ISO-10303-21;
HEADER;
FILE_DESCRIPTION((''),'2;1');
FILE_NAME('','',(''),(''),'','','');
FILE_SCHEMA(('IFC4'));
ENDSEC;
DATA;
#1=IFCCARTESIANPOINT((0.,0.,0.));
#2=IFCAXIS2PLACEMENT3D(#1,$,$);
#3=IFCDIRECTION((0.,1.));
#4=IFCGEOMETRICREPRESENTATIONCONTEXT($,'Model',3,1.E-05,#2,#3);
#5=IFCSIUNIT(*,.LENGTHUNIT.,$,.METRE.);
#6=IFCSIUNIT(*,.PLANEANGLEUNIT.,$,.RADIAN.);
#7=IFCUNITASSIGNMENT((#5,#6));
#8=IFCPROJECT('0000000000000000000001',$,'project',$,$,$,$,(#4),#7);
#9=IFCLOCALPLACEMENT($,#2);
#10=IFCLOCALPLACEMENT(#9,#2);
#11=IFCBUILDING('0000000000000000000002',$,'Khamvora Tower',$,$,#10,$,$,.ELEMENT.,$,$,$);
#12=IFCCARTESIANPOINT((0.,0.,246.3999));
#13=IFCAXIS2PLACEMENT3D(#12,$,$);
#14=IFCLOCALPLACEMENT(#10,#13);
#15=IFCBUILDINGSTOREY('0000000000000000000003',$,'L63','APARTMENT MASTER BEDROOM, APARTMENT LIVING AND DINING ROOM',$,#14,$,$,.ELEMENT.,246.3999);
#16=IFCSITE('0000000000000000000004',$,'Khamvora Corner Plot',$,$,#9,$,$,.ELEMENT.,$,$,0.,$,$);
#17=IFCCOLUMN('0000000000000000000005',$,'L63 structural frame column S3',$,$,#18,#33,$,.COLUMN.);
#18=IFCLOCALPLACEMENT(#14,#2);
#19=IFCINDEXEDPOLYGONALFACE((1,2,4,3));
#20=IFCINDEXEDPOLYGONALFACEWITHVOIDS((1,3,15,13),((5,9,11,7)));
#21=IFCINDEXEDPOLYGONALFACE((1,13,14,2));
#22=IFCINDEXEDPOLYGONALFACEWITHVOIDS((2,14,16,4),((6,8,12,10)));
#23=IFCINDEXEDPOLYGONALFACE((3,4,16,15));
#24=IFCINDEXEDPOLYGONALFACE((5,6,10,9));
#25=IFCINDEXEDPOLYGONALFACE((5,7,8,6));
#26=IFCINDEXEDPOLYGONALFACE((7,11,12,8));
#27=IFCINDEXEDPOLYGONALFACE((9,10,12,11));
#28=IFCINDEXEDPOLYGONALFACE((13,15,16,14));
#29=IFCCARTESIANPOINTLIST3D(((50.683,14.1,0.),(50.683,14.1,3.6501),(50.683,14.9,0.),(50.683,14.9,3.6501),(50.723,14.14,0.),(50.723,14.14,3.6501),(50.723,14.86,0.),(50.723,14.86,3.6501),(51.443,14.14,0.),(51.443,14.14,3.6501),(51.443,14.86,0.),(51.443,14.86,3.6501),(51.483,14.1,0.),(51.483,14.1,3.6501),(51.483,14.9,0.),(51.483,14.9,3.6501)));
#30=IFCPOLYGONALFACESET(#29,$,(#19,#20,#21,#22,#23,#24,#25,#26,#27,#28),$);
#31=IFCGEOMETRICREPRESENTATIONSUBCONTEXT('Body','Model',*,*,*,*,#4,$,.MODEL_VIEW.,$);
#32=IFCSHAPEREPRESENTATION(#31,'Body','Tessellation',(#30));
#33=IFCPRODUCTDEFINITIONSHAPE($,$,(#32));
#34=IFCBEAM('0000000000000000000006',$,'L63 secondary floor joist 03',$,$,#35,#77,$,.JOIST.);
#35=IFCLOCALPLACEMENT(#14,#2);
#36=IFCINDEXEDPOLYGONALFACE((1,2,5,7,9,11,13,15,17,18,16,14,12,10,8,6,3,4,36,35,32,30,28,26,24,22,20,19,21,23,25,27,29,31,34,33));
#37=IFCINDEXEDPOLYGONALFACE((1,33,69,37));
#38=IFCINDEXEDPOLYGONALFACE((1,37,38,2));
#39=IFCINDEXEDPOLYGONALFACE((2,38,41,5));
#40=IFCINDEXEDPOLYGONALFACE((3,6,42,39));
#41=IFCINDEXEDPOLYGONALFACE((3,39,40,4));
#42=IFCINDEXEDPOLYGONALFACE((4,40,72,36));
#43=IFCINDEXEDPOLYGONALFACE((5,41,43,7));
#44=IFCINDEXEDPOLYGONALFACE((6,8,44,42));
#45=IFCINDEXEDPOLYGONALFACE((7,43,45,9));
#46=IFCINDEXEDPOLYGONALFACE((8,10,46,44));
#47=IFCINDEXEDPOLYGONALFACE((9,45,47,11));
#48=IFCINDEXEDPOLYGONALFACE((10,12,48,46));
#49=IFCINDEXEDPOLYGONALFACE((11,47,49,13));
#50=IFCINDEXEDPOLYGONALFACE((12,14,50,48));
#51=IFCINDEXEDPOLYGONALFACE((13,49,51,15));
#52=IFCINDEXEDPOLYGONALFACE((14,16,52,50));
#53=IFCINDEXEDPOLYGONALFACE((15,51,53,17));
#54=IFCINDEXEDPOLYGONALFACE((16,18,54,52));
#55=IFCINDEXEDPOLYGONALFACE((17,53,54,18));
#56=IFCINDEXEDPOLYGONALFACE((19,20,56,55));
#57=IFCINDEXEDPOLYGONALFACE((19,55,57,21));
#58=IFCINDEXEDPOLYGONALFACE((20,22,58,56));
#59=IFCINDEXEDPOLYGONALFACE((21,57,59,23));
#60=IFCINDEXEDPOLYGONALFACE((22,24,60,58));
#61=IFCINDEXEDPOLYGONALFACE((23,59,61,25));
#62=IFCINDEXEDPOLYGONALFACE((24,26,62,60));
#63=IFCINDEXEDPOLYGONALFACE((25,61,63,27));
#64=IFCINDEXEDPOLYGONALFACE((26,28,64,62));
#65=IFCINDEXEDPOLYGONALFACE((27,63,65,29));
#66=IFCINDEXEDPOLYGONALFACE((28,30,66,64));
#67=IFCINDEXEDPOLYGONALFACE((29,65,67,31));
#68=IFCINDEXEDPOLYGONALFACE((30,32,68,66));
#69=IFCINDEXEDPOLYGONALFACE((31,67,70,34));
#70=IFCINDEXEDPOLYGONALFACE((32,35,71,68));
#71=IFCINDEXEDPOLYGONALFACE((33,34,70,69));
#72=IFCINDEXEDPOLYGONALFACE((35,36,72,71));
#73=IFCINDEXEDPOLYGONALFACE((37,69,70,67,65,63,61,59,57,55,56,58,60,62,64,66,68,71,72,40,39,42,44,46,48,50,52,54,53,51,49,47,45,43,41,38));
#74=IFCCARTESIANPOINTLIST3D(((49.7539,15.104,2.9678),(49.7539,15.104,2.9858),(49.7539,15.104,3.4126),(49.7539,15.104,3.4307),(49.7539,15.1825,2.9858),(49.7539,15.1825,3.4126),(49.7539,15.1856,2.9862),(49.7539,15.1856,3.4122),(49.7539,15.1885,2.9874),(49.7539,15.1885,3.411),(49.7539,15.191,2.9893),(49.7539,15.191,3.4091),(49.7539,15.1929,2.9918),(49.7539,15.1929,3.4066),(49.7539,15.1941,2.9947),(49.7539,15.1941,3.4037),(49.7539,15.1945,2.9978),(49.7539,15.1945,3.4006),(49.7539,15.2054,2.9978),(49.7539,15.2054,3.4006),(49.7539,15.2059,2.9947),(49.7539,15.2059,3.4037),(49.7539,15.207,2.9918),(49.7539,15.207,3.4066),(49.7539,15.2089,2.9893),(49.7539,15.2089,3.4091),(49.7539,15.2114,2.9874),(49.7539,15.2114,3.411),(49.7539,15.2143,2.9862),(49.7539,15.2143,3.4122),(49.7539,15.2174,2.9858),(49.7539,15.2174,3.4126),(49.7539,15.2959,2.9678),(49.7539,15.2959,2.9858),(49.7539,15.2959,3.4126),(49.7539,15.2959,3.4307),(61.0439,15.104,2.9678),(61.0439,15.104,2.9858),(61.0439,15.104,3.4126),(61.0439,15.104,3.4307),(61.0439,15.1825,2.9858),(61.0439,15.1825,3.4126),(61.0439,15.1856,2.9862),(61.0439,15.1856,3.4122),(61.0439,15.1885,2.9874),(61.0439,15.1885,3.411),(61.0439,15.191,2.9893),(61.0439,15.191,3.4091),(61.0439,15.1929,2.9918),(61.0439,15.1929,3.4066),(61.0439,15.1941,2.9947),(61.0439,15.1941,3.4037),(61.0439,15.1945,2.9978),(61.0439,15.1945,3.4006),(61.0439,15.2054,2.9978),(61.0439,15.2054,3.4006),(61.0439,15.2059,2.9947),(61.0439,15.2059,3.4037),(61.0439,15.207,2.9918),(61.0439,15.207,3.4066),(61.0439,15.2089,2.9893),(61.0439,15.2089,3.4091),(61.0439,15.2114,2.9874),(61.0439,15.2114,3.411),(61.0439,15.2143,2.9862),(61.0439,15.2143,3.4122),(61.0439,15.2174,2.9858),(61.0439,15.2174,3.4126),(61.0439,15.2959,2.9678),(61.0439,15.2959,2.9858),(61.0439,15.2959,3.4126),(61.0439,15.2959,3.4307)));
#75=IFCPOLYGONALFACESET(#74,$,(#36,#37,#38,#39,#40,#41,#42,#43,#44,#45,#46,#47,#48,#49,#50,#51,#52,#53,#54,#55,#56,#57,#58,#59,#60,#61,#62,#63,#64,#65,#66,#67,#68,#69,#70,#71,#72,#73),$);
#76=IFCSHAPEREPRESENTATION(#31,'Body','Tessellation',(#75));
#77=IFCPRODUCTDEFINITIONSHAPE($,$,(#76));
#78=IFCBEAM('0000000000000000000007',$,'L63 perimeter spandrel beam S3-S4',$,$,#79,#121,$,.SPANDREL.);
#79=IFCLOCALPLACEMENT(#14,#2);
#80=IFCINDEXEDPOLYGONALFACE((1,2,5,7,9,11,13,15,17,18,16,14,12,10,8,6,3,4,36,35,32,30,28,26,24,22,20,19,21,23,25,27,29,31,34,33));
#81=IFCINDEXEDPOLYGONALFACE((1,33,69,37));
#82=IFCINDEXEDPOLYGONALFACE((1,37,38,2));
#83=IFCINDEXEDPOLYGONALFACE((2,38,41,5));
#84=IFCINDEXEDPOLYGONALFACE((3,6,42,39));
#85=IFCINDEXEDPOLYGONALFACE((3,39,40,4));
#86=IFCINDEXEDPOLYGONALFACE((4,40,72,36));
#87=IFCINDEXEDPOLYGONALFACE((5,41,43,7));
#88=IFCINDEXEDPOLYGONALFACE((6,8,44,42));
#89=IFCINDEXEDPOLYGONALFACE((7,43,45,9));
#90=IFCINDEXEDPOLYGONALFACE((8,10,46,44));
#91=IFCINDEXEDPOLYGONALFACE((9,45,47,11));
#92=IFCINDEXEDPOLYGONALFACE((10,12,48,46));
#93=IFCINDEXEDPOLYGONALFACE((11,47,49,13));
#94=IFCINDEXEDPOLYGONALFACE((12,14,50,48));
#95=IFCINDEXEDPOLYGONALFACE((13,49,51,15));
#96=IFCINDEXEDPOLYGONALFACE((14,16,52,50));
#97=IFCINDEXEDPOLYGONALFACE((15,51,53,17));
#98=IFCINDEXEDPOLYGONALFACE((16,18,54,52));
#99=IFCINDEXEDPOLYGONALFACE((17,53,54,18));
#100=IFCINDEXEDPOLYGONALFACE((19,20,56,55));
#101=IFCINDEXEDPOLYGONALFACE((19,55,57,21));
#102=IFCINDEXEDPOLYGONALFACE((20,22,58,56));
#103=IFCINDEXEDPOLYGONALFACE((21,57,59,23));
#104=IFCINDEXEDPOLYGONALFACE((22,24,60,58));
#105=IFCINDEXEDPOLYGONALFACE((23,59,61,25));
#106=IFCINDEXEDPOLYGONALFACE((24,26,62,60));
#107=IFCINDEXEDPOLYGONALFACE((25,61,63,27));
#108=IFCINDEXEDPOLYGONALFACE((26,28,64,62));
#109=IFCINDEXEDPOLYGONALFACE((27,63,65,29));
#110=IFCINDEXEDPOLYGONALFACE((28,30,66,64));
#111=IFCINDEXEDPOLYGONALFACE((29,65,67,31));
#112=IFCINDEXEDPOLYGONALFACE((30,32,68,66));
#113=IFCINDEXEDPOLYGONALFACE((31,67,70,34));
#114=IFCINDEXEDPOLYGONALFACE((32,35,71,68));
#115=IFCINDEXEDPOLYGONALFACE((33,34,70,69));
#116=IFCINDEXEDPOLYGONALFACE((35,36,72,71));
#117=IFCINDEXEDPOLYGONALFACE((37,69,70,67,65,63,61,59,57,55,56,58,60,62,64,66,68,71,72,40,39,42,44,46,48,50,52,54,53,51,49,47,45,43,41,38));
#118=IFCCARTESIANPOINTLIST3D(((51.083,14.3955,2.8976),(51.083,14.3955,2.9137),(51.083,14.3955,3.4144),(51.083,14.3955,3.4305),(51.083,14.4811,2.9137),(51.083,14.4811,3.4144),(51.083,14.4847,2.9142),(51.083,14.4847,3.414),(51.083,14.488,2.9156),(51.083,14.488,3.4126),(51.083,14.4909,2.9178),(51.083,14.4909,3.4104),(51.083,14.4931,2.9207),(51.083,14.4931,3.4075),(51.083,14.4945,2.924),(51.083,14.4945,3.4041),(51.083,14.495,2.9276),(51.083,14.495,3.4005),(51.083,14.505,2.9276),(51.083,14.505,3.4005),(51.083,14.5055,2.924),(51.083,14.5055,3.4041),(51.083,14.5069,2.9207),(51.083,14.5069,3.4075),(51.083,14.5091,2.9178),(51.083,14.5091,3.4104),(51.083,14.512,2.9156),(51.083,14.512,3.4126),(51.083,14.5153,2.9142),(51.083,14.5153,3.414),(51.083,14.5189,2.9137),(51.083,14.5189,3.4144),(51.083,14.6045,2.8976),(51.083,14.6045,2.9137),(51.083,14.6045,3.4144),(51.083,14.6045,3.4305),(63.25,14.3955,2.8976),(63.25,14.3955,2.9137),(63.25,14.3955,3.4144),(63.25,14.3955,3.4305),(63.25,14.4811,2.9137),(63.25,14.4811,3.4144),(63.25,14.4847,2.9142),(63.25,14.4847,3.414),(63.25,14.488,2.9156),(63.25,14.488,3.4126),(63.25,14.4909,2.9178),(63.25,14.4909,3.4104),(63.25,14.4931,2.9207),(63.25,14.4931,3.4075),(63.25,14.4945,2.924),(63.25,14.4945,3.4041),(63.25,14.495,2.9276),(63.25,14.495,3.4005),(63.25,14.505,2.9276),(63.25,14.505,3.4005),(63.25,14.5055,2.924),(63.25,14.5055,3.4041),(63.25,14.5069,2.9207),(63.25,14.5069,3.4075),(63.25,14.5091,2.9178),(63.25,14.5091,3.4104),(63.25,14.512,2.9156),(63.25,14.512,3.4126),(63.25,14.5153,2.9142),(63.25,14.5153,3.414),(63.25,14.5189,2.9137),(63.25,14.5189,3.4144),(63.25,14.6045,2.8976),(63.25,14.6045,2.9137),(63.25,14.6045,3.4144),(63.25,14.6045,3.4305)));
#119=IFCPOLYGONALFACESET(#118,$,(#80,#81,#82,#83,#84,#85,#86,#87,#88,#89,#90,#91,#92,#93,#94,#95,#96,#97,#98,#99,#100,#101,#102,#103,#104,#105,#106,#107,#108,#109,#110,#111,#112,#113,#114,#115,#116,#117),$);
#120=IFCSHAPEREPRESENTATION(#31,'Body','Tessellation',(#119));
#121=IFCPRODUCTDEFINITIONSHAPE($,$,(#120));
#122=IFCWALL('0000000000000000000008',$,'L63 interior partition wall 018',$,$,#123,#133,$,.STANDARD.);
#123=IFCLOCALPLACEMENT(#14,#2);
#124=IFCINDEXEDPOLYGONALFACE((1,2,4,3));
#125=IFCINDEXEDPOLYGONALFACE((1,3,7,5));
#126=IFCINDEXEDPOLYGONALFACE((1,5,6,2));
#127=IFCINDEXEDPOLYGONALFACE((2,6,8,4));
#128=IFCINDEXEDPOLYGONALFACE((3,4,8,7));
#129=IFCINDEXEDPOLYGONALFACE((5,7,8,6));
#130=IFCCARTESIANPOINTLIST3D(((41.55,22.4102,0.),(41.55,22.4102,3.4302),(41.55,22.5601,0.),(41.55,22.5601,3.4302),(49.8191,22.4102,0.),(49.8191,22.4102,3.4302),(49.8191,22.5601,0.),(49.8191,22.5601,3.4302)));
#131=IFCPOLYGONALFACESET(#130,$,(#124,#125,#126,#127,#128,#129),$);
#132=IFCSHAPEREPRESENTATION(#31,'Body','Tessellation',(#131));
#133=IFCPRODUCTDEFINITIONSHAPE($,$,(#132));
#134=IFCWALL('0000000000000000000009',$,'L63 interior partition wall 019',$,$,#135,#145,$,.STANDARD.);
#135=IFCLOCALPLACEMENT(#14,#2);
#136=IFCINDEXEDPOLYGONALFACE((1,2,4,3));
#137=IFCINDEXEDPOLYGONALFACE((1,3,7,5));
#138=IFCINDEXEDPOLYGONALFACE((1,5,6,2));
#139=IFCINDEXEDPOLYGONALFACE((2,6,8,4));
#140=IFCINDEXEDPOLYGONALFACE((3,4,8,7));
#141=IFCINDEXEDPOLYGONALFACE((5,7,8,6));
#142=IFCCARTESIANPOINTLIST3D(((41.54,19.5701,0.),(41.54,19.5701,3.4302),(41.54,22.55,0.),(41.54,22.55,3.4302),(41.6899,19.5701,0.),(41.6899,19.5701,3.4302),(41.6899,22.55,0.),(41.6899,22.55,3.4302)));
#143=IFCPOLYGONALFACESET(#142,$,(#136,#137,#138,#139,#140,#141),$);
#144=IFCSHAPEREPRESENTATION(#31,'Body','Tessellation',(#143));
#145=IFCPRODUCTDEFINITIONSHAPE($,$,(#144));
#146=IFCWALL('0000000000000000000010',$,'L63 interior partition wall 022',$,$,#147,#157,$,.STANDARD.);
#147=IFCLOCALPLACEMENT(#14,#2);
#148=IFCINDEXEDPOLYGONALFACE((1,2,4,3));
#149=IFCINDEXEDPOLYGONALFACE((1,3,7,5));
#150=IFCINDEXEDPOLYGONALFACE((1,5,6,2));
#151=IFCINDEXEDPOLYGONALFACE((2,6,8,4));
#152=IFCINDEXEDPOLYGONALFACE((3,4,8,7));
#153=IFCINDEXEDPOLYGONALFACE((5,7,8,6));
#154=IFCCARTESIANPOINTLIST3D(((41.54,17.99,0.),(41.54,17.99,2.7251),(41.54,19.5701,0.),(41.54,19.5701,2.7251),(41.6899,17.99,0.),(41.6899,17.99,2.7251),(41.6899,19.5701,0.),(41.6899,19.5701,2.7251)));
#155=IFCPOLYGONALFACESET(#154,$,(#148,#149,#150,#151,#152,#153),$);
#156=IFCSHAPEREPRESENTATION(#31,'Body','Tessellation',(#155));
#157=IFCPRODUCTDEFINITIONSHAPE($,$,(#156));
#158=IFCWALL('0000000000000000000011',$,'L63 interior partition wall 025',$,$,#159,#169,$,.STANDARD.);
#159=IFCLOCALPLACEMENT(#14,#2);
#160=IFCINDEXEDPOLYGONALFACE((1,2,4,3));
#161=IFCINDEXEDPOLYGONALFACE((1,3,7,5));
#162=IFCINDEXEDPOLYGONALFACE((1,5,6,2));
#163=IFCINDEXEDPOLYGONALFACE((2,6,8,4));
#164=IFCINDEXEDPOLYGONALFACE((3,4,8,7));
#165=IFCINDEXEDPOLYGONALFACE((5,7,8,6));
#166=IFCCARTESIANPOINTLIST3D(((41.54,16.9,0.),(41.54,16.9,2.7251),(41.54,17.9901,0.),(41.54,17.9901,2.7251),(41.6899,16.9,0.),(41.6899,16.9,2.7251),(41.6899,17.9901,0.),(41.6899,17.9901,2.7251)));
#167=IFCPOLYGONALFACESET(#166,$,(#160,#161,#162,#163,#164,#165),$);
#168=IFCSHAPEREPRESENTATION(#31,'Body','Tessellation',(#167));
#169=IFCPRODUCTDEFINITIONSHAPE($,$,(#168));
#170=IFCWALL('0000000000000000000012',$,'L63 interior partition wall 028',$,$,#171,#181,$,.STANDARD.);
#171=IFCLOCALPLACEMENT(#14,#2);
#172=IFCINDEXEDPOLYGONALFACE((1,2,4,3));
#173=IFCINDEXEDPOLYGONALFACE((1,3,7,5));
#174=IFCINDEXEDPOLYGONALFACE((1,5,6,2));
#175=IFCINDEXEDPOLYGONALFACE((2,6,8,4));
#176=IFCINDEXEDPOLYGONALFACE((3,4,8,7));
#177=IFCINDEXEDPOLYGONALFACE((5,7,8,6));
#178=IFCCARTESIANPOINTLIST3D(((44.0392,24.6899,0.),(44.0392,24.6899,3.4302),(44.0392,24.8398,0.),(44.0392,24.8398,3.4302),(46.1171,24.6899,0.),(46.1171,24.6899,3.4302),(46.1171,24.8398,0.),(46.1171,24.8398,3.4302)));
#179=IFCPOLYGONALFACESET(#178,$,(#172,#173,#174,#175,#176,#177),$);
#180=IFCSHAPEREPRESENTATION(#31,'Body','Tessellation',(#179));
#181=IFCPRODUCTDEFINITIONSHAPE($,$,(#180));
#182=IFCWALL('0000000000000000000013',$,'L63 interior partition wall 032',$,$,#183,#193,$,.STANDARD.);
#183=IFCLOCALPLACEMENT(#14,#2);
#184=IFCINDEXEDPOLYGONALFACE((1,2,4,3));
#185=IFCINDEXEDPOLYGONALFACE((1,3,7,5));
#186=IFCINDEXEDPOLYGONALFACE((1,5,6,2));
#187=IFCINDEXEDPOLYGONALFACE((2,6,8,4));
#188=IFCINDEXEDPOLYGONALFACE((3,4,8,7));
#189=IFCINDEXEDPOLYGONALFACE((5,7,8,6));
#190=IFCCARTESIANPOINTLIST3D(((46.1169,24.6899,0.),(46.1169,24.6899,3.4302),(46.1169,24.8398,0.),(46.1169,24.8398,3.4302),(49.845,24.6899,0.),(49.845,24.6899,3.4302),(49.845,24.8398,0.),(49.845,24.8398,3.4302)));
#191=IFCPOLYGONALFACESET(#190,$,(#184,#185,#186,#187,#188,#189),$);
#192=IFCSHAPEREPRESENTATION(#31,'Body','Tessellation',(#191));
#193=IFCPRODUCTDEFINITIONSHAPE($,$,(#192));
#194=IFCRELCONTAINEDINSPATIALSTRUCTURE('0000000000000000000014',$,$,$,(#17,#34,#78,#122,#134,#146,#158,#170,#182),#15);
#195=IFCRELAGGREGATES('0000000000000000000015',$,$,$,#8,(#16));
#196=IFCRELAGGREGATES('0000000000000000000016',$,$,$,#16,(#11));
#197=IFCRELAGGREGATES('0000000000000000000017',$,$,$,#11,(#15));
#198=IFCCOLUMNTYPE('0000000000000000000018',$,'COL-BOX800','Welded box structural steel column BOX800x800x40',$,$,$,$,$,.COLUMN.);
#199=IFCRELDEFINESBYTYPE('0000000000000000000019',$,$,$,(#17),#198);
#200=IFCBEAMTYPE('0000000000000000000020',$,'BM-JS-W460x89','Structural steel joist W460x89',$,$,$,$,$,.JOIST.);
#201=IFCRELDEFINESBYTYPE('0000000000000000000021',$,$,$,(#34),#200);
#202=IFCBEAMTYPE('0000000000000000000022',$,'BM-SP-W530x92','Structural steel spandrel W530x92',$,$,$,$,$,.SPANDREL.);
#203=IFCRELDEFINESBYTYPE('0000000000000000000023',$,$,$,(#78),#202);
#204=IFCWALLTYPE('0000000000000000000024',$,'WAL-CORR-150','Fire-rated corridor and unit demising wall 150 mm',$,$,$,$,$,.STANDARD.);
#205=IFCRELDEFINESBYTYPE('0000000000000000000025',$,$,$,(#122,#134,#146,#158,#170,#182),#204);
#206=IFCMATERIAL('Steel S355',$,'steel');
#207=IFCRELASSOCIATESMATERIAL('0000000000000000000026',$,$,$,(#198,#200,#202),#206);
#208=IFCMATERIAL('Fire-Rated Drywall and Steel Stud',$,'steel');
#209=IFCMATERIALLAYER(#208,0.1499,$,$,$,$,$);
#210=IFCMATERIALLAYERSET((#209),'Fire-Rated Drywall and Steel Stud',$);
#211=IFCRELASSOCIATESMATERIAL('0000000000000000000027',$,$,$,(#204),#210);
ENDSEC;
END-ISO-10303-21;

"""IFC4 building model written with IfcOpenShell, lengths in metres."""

from ifc_helpers import new_model, si_unit, direction, frame, frame_2d, origin, origin_2d, place, context, subcontext, project, spatial, rectangle, hollow_rectangle, i_section, extrude, material, layer, layer_set, material_profile, profile_set, type_object, element, save


model = new_model("IFC4")

# Units and contexts
model_context = context("Model", 3, precision=1e-05, world=origin(), true_north=direction((0.0, 1.0)))
body_context = subcontext(model_context, "Body", "Model", "MODEL_VIEW")
ifc_project = project(units=[si_unit("LENGTHUNIT", "METRE"), si_unit("PLANEANGLEUNIT", "RADIAN")], contexts=[model_context])

# Site, building, storey
site_placement = place(None, origin())
site = spatial("IfcSite", under=ifc_project, at=site_placement, Name="Khamvora Corner Plot", CompositionType="ELEMENT", RefElevation=0.0)
building_placement = place(site_placement, origin())
building = spatial("IfcBuilding", under=site, at=building_placement, Name="Khamvora Tower", CompositionType="ELEMENT")
storey_placement = place(building_placement, frame((0.0, 0.0, 246.3999)))
storey = spatial("IfcBuildingStorey", under=building, at=storey_placement, Name="L63", Description="APARTMENT MASTER BEDROOM, APARTMENT LIVING AND DINING ROOM", CompositionType="ELEMENT", Elevation=246.3999)

# Column
ifc_material_1 = material(Name="Steel S355", Category="steel")
ifc_material_profile_1 = material_profile(ifc_material_1, hollow_rectangle(XDim=0.8, YDim=0.8, WallThickness=0.04, at=origin_2d()), Name="BOX800x800x40")
ifc_profile_set_1 = profile_set([ifc_material_profile_1], Name="Steel S355")
column_type = type_object("IfcColumnType", Name="COL-BOX800", Description="Welded box structural steel column BOX800x800x40", PredefinedType="COLUMN", material=ifc_profile_set_1)
column_placement = place(storey_placement, frame((51.083, 14.5, 0.0), z_axis=(0.0, 0.0, 1.0), x_axis=(1.0, 0.0, 0.0)))
element("IfcColumn", 1, at=column_placement, inside=storey, type_object=column_type, Name="L63 structural frame column S3", PredefinedType="COLUMN", context=body_context, shape_type="SweptSolid", body=[
    extrude(hollow_rectangle(XDim=0.8, YDim=0.8, WallThickness=0.04, at=origin_2d()), origin(), (0.0, 0.0, 1.0), 3.6501),
])

# Beams
ifc_material_profile_2 = material_profile(ifc_material_1, i_section(OverallWidth=0.1919, OverallDepth=0.4629, WebThickness=0.011, FlangeThickness=0.0181, FilletRadius=0.012, at=origin_2d()), Name="W460x89")
ifc_profile_set_2 = profile_set([ifc_material_profile_2], Name="Steel S355")
beam_type_1 = type_object("IfcBeamType", Name="BM-JS-W460x89", Description="Structural steel joist W460x89", PredefinedType="JOIST", material=ifc_profile_set_2)
beam_1_placement = place(storey_placement, frame((49.7539, 15.2, 3.1992), z_axis=(1.0, 0.0, 0.0), x_axis=(0.0, 1.0, 0.0)))
element("IfcBeam", 2, at=beam_1_placement, inside=storey, type_object=beam_type_1, Name="L63 secondary floor joist 03", PredefinedType="JOIST", context=body_context, shape_type="SweptSolid", body=[
    extrude(i_section(OverallWidth=0.1919, OverallDepth=0.4629, WebThickness=0.011, FlangeThickness=0.0181, FilletRadius=0.012, at=origin_2d()), origin(), (0.0, 0.0, 1.0), 11.29),
])
ifc_material_profile_3 = material_profile(ifc_material_1, i_section(OverallWidth=0.209, OverallDepth=0.533, WebThickness=0.01, FlangeThickness=0.0161, FilletRadius=0.0139, at=origin_2d()), Name="W530x92")
ifc_profile_set_3 = profile_set([ifc_material_profile_3], Name="Steel S355")
beam_type_2 = type_object("IfcBeamType", Name="BM-SP-W530x92", Description="Structural steel spandrel W530x92", PredefinedType="SPANDREL", material=ifc_profile_set_3)
beam_2_placement = place(storey_placement, frame((51.083, 14.5, 3.1641), z_axis=(1.0, 0.0, 0.0), x_axis=(0.0, 1.0, 0.0)))
element("IfcBeam", 3, at=beam_2_placement, inside=storey, type_object=beam_type_2, Name="L63 perimeter spandrel beam S3-S4", PredefinedType="SPANDREL", context=body_context, shape_type="SweptSolid", body=[
    extrude(i_section(OverallWidth=0.209, OverallDepth=0.533, WebThickness=0.01, FlangeThickness=0.0161, FilletRadius=0.0139, at=origin_2d()), origin(), (0.0, 0.0, 1.0), 12.167),
])

# Walls
ifc_material_2 = material(Name="Fire-Rated Drywall and Steel Stud", Category="steel")
ifc_layer_1 = layer(ifc_material_2, 0.1499)
ifc_layer_set_1 = layer_set([ifc_layer_1], Name="Fire-Rated Drywall and Steel Stud")
wall_type_1 = type_object("IfcWallType", Name="WAL-CORR-150", Description="Fire-rated corridor and unit demising wall 150 mm", PredefinedType="STANDARD", material=ifc_layer_set_1)
wall_1_placement = place(storey_placement, frame((49.8191, 22.4851, 0.0), z_axis=(0.0, 0.0, 1.0), x_axis=(-1.0, 0.0, 0.0)))
element("IfcWall", 4, at=wall_1_placement, inside=storey, type_object=wall_type_1, Name="L63 interior partition wall 018", PredefinedType="STANDARD", context=body_context, shape_type="SweptSolid", body=[
    extrude(rectangle(XDim=8.269, YDim=0.1499, at=frame_2d((4.1345, 0.0))), origin(), (0.0, 0.0, 1.0), 3.4302),
])
wall_2_placement = place(storey_placement, frame((41.615, 22.55, 0.0), z_axis=(0.0, 0.0, 1.0), x_axis=(0.0, -1.0, 0.0)))
element("IfcWall", 5, at=wall_2_placement, inside=storey, type_object=wall_type_1, Name="L63 interior partition wall 019", PredefinedType="STANDARD", context=body_context, shape_type="SweptSolid", body=[
    extrude(rectangle(XDim=2.98, YDim=0.1499, at=frame_2d((1.49, 0.0))), origin(), (0.0, 0.0, 1.0), 3.4302),
])
wall_3_placement = place(storey_placement, frame((41.615, 19.5701, 0.0), z_axis=(0.0, 0.0, 1.0), x_axis=(0.0, -1.0, 0.0)))
element("IfcWall", 6, at=wall_3_placement, inside=storey, type_object=wall_type_1, Name="L63 interior partition wall 022", PredefinedType="STANDARD", context=body_context, shape_type="SweptSolid", body=[
    extrude(rectangle(XDim=1.5801, YDim=0.1499, at=frame_2d((0.79, 0.0))), origin(), (0.0, 0.0, 1.0), 2.7251),
])
wall_4_placement = place(storey_placement, frame((41.615, 17.99, 0.0), z_axis=(0.0, 0.0, 1.0), x_axis=(0.0, -1.0, 0.0)))
element("IfcWall", 7, at=wall_4_placement, inside=storey, type_object=wall_type_1, Name="L63 interior partition wall 025", PredefinedType="STANDARD", context=body_context, shape_type="SweptSolid", body=[
    extrude(rectangle(XDim=1.0901, YDim=0.1499, at=frame_2d((0.5449, 0.0))), origin(), (0.0, 0.0, 1.0), 2.7251),
])
wall_5_placement = place(storey_placement, frame((44.0391, 24.7649, 0.0), z_axis=(0.0, 0.0, 1.0), x_axis=(1.0, 0.0, 0.0)))
element("IfcWall", 8, at=wall_5_placement, inside=storey, type_object=wall_type_1, Name="L63 interior partition wall 028", PredefinedType="STANDARD", context=body_context, shape_type="SweptSolid", body=[
    extrude(rectangle(XDim=2.0779, YDim=0.1499, at=frame_2d((1.0391, 0.0))), origin(), (0.0, 0.0, 1.0), 3.4302),
])
wall_6_placement = place(storey_placement, frame((46.1169, 24.7649, 0.0), z_axis=(0.0, 0.0, 1.0), x_axis=(1.0, 0.0, 0.0)))
element("IfcWall", 9, at=wall_6_placement, inside=storey, type_object=wall_type_1, Name="L63 interior partition wall 032", PredefinedType="STANDARD", context=body_context, shape_type="SweptSolid", body=[
    extrude(rectangle(XDim=3.728, YDim=0.1499, at=frame_2d((1.864, 0.0))), origin(), (0.0, 0.0, 1.0), 3.4302),
])

save(model, "model.ifc")
